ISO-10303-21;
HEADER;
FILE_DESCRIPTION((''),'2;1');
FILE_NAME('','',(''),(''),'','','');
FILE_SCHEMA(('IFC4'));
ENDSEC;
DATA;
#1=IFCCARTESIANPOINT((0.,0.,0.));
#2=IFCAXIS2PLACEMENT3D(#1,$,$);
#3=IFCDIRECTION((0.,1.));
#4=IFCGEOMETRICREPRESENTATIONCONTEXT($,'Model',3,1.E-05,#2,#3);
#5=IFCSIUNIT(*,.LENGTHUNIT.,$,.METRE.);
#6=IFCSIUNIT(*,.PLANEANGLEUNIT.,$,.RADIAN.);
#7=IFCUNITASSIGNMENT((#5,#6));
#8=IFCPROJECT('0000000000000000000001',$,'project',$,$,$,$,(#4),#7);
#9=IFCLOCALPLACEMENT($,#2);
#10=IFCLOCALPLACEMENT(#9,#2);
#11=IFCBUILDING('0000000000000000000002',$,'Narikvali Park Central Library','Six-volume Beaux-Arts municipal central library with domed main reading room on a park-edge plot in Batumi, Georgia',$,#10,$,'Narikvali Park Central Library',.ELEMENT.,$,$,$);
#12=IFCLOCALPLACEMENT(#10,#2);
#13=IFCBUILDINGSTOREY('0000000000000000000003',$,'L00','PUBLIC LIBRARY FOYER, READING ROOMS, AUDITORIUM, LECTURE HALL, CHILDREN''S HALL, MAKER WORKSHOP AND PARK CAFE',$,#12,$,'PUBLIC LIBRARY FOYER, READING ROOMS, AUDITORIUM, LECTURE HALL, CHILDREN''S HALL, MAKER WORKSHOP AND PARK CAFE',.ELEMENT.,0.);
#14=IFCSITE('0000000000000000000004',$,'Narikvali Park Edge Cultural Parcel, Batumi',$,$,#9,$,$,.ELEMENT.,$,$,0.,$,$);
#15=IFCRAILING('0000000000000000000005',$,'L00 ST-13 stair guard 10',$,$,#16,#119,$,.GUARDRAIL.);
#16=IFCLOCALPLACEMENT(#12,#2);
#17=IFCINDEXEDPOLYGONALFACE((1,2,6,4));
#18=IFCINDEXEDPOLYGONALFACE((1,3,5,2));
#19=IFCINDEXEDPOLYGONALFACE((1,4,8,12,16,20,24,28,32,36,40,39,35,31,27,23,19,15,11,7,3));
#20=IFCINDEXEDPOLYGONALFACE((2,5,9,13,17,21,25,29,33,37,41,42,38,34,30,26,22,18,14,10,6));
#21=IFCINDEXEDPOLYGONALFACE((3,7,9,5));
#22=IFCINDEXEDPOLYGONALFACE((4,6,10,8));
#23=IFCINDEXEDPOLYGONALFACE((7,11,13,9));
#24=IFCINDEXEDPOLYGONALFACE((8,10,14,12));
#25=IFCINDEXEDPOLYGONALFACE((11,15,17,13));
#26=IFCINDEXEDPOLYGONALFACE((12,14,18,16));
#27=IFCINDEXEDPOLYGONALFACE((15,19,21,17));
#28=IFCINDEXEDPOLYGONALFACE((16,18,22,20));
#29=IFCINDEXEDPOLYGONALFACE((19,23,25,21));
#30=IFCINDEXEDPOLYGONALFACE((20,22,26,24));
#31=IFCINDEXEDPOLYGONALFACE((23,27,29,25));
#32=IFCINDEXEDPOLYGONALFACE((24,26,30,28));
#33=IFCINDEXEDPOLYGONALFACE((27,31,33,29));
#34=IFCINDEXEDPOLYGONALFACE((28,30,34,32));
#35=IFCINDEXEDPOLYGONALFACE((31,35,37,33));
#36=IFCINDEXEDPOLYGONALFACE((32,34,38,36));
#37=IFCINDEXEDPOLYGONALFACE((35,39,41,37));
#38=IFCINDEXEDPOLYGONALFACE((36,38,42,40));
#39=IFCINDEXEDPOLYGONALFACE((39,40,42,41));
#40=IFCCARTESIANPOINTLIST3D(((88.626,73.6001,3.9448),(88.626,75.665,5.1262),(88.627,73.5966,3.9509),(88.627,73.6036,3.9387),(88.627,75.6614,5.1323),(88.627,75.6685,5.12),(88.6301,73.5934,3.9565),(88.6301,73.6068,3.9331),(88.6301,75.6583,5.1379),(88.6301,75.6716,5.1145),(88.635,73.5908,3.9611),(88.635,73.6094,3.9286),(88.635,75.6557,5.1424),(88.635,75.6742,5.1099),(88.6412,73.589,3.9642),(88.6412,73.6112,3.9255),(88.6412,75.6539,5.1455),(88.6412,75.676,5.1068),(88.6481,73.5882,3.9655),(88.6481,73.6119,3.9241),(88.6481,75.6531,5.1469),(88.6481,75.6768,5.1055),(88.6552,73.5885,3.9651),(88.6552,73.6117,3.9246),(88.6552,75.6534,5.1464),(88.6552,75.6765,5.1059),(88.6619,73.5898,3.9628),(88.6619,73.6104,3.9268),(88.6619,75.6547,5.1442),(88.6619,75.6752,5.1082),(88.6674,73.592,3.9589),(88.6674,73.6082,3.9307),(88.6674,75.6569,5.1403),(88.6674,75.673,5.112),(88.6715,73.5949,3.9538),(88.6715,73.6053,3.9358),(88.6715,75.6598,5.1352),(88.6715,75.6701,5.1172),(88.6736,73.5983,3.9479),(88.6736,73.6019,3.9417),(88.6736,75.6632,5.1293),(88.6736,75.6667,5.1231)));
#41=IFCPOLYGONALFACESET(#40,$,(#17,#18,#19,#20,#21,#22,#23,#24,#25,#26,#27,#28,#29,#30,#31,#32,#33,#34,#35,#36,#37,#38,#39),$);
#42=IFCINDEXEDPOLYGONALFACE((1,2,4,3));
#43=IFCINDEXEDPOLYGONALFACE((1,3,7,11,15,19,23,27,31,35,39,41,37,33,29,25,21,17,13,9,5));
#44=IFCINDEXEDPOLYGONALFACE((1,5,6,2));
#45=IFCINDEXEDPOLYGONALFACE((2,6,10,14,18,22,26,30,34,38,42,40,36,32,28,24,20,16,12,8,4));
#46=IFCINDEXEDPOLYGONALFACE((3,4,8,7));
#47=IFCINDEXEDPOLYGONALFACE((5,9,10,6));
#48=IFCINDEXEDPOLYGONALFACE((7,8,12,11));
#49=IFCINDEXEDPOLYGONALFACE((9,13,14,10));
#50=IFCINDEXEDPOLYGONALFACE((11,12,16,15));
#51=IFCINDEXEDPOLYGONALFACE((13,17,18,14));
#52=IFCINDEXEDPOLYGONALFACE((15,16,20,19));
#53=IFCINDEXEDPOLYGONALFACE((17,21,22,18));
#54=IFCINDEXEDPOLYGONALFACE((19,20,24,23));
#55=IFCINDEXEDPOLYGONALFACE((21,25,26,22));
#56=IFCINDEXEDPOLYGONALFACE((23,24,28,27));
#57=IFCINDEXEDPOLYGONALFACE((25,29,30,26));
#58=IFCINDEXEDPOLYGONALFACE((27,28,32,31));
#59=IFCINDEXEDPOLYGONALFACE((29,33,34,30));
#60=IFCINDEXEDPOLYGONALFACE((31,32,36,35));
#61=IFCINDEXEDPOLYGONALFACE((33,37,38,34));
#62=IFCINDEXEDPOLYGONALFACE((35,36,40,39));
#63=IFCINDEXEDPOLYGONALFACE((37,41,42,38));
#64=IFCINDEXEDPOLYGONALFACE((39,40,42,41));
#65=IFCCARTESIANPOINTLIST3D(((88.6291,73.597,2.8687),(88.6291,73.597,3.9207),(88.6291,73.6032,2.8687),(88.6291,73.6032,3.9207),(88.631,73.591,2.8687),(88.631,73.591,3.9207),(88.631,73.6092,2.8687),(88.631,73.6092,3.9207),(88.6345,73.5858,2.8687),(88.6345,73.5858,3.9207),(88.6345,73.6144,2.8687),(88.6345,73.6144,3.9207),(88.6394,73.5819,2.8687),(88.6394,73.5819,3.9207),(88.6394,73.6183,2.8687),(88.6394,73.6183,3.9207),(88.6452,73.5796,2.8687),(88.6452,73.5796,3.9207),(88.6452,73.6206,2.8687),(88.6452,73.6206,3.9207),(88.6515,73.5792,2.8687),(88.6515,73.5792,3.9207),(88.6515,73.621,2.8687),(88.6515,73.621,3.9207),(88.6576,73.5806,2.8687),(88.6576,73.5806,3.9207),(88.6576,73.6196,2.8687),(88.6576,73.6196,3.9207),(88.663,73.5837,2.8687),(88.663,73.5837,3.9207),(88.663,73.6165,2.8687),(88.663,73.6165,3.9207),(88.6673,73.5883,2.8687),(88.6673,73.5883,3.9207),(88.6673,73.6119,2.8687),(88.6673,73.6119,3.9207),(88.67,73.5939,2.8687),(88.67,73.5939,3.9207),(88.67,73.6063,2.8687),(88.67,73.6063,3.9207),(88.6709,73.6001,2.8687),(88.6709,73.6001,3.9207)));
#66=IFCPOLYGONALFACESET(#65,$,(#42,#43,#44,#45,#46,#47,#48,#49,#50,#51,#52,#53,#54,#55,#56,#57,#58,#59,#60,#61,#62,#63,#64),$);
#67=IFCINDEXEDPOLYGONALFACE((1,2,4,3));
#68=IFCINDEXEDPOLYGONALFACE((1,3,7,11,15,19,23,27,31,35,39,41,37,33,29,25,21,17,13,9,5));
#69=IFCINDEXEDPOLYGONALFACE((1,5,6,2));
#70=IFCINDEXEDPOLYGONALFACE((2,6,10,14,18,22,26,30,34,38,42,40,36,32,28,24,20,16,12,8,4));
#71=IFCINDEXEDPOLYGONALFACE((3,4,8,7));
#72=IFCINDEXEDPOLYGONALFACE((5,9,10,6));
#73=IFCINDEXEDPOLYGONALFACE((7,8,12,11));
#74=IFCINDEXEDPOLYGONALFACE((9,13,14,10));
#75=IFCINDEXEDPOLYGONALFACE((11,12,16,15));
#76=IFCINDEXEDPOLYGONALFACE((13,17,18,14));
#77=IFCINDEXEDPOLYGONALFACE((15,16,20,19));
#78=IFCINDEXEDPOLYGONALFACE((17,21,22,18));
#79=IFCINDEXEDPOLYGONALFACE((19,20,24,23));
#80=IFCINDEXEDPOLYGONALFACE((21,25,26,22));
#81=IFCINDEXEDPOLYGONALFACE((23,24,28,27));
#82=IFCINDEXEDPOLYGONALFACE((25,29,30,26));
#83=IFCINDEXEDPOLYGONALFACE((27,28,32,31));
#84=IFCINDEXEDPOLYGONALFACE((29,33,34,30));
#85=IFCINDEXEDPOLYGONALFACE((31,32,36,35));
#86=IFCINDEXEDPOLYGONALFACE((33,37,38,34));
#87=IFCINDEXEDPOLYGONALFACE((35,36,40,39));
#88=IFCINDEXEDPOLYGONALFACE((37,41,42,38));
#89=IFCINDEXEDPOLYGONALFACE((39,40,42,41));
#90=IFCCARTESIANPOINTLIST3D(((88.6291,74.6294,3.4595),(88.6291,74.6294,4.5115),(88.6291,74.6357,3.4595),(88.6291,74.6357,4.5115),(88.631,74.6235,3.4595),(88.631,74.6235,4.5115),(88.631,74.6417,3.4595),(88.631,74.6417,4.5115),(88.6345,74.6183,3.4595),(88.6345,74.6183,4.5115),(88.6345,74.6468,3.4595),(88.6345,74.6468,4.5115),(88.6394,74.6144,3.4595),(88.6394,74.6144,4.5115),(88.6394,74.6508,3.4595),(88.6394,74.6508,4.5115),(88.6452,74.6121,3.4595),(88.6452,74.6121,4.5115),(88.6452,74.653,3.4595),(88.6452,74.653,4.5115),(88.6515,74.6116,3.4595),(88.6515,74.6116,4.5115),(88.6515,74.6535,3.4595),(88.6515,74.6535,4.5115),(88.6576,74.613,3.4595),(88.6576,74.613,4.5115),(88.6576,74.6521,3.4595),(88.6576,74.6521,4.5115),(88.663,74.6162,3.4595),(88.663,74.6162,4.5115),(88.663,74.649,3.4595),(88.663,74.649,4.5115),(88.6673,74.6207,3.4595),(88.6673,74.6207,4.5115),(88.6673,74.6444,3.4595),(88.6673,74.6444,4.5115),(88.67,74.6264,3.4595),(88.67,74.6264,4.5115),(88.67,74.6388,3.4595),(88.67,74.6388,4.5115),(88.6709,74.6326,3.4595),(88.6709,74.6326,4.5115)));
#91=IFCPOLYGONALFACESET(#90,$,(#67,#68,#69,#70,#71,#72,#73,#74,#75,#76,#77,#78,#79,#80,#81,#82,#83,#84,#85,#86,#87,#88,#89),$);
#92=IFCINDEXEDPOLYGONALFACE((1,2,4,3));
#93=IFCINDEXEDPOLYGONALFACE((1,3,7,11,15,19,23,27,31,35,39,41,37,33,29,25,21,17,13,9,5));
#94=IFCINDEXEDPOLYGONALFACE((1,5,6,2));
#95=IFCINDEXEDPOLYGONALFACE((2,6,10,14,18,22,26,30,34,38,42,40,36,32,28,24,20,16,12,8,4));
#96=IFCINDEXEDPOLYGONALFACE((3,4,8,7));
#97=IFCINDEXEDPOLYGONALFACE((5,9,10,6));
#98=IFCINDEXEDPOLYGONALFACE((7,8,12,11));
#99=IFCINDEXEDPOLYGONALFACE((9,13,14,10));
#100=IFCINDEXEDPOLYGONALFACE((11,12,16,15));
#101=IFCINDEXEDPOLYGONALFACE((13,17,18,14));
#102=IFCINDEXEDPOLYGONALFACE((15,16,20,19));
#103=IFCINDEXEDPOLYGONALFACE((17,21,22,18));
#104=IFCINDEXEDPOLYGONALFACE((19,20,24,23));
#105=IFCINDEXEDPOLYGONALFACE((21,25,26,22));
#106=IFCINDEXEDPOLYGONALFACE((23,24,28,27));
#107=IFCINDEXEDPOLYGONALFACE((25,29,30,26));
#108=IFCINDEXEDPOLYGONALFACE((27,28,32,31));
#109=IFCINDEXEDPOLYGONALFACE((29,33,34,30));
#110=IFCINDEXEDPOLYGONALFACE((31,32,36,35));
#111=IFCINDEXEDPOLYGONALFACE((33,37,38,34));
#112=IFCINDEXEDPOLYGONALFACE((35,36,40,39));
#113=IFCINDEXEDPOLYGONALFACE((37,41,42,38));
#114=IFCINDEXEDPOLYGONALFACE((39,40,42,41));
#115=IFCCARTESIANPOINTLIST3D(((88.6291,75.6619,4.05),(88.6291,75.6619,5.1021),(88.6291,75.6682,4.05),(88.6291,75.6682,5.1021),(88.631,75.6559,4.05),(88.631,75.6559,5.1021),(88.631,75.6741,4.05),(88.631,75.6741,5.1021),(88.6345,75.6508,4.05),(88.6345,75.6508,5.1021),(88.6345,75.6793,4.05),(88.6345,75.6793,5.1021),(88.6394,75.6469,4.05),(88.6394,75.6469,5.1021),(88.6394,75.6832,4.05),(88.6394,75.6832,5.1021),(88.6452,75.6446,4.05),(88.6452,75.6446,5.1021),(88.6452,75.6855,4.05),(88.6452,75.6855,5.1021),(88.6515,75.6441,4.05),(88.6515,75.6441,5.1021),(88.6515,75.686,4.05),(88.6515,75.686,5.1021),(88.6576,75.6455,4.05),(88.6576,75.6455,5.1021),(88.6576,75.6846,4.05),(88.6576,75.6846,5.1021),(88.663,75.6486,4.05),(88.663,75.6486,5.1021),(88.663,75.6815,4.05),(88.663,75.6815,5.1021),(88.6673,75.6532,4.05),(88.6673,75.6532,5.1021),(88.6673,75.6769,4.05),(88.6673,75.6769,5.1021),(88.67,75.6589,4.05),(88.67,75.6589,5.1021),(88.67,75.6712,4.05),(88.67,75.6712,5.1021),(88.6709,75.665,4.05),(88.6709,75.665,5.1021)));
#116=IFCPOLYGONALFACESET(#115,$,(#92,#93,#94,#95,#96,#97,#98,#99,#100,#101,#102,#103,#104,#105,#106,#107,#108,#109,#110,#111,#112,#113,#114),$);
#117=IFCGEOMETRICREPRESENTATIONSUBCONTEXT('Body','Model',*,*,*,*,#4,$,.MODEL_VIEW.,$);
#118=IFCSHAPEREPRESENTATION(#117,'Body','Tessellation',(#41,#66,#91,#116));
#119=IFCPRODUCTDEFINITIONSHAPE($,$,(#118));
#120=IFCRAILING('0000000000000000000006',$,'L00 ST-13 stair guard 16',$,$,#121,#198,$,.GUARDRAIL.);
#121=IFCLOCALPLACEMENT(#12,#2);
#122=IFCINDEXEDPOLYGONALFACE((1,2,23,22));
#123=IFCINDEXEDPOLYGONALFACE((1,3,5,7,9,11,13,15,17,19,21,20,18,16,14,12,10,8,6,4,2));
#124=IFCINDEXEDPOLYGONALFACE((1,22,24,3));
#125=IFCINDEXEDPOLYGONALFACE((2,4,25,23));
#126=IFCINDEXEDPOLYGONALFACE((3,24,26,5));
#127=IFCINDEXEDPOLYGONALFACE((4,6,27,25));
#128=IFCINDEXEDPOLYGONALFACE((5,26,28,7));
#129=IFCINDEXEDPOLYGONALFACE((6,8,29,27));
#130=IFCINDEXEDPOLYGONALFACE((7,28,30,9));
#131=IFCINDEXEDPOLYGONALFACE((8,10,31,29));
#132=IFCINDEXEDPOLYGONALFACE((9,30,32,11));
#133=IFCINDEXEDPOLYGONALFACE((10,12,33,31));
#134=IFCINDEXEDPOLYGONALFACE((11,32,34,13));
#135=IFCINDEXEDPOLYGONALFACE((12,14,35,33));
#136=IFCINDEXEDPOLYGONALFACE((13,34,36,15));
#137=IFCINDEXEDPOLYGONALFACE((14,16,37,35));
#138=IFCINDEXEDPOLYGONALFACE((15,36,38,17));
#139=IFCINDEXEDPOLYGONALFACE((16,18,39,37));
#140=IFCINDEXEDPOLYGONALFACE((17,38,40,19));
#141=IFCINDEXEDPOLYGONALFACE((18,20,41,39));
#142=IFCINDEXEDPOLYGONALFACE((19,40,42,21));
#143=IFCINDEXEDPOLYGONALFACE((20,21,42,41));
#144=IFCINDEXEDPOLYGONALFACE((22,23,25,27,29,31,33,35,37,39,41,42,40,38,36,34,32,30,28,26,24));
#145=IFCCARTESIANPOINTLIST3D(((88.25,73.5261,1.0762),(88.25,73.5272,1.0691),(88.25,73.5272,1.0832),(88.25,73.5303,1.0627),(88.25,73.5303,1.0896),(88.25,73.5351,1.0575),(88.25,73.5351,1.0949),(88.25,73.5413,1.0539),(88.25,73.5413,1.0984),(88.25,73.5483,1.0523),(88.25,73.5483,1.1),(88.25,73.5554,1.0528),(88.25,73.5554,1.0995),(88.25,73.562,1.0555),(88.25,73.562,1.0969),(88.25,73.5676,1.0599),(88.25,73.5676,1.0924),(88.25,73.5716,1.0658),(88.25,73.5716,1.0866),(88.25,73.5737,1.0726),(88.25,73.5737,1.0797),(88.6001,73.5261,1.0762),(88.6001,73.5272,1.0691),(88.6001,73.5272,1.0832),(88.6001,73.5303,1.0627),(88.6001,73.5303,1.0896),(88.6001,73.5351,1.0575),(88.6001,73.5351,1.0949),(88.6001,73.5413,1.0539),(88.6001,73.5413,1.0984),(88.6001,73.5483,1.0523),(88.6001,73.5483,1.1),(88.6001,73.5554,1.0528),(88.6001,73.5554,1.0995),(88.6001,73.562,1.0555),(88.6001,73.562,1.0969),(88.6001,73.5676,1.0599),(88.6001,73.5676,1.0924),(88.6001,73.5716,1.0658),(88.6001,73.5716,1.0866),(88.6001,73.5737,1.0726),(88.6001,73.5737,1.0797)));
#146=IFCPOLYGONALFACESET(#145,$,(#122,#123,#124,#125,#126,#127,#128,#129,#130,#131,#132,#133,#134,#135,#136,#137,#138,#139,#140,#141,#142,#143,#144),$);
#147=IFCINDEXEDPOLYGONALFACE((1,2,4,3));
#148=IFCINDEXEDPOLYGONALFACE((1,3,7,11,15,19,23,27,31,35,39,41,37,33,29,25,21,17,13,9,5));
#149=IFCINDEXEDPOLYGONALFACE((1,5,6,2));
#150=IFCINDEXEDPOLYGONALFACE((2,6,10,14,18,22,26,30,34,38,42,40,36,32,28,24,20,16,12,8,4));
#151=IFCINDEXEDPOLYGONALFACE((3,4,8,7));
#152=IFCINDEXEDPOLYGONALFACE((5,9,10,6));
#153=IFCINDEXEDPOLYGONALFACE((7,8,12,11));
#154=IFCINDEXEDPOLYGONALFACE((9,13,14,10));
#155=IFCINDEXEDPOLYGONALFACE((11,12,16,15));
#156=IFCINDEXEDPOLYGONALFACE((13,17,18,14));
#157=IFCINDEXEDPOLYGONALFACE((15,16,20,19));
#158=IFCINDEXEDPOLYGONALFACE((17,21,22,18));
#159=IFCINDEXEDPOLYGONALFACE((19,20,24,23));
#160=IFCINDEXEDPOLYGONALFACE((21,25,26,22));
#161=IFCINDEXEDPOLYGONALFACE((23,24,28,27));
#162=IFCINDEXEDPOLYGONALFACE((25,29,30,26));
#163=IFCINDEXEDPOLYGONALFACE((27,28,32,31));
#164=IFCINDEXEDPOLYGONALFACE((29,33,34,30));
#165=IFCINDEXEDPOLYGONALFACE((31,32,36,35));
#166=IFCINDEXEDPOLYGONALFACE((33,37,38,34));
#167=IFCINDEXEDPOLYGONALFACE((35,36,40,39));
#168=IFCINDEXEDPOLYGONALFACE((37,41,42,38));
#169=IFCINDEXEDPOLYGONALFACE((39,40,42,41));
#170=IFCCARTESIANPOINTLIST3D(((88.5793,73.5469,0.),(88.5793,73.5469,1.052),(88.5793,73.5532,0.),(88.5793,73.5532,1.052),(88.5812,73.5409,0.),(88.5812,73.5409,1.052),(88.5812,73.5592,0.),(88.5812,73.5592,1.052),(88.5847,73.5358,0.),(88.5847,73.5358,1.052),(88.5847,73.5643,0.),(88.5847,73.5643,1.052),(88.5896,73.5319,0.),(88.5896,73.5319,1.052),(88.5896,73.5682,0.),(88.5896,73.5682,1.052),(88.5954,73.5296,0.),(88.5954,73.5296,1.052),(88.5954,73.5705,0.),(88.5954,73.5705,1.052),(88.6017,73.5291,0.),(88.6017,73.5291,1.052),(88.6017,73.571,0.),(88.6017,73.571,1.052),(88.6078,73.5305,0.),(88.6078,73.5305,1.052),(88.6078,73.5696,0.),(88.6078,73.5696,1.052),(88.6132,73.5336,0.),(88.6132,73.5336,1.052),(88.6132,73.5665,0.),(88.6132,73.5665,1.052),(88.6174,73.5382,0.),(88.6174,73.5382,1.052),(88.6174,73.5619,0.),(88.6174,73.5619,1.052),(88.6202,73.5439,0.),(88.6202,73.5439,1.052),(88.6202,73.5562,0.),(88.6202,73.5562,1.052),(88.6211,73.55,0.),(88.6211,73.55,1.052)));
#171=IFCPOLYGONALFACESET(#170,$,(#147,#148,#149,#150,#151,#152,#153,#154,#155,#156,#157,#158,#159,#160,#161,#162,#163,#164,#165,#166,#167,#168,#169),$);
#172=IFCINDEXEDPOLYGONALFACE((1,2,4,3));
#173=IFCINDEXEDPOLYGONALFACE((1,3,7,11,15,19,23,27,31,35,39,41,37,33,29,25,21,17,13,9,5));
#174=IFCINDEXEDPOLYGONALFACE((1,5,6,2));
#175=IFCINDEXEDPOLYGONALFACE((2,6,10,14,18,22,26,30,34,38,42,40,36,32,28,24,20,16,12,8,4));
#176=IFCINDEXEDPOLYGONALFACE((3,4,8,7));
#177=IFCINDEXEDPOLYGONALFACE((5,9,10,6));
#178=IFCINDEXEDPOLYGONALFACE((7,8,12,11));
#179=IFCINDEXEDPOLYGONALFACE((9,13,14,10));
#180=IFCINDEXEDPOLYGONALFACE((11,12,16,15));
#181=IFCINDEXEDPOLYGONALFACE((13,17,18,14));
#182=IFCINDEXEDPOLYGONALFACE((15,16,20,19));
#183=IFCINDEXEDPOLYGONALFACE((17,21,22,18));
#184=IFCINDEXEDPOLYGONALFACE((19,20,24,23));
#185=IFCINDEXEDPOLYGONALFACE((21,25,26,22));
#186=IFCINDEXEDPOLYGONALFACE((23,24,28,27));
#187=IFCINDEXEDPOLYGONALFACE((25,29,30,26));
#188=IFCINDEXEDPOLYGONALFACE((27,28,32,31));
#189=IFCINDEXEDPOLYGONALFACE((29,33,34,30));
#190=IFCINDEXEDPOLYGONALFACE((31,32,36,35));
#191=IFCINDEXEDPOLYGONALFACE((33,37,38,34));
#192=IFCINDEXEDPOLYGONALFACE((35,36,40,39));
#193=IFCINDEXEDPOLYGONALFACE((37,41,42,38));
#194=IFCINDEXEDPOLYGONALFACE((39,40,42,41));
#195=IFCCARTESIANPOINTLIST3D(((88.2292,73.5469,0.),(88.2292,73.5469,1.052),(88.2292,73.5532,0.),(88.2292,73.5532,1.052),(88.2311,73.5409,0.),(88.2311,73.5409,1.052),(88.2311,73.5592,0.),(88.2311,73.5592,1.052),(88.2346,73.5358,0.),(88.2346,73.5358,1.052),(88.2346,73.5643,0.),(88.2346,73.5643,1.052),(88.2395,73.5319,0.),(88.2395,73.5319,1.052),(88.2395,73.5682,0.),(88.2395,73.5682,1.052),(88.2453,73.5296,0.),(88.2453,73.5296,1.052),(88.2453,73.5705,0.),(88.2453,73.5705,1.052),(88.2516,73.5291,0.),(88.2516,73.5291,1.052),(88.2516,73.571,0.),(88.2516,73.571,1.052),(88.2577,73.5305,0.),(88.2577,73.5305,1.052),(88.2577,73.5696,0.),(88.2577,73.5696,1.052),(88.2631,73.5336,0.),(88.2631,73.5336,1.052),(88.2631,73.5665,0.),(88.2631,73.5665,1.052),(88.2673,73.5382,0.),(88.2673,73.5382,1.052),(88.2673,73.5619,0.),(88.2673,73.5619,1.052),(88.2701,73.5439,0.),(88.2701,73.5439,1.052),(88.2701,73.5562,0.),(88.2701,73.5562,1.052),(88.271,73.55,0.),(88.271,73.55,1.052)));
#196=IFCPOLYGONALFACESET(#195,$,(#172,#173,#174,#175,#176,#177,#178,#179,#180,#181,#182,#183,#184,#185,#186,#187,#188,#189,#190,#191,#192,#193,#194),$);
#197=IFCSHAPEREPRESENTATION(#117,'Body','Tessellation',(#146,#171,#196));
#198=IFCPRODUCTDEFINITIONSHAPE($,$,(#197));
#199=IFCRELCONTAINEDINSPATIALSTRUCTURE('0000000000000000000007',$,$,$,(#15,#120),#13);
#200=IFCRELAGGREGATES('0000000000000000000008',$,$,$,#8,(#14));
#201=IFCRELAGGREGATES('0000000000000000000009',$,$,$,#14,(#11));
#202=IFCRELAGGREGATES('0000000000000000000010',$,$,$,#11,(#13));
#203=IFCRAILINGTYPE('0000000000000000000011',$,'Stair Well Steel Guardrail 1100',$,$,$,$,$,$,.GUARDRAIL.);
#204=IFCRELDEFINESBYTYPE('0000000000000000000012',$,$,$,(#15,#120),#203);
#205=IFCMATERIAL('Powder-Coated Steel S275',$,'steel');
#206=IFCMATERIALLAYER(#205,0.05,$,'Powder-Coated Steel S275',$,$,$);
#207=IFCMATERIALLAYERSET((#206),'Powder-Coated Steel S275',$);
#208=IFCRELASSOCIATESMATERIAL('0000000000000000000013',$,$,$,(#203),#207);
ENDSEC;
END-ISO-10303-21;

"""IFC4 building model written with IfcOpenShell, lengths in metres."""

from ifc_helpers import new_model, si_unit, direction, frame, origin, origin_2d, place, context, subcontext, project, spatial, circle, extrude, material, layer, layer_set, type_object, element, save


model = new_model("IFC4")

# Units and contexts
model_context = context("Model", 3, precision=1e-05, world=origin(), true_north=direction((0.0, 1.0)))
body_context = subcontext(model_context, "Body", "Model", "MODEL_VIEW")
ifc_project = project(units=[si_unit("LENGTHUNIT", "METRE"), si_unit("PLANEANGLEUNIT", "RADIAN")], contexts=[model_context])

# Site, building, storey
site_placement = place(None, origin())
site = spatial("IfcSite", under=ifc_project, at=site_placement, Name="Narikvali Park Edge Cultural Parcel, Batumi", CompositionType="ELEMENT", RefElevation=0.0)
building_placement = place(site_placement, origin())
building = spatial("IfcBuilding", under=site, at=building_placement, Name="Narikvali Park Central Library", Description="Six-volume Beaux-Arts municipal central library with domed main reading room on a park-edge plot in Batumi, Georgia", LongName="Narikvali Park Central Library", CompositionType="ELEMENT")
storey_placement = place(building_placement, origin())
storey = spatial("IfcBuildingStorey", under=building, at=storey_placement, Name="L00", Description="PUBLIC LIBRARY FOYER, READING ROOMS, AUDITORIUM, LECTURE HALL, CHILDREN'S HALL, MAKER WORKSHOP AND PARK CAFE", LongName="PUBLIC LIBRARY FOYER, READING ROOMS, AUDITORIUM, LECTURE HALL, CHILDREN'S HALL, MAKER WORKSHOP AND PARK CAFE", CompositionType="ELEMENT", Elevation=0.0)

# Railings
ifc_material_1 = material(Name="Powder-Coated Steel S275", Category="steel")
ifc_layer_1 = layer(ifc_material_1, 0.05, Name="Powder-Coated Steel S275")
ifc_layer_set_1 = layer_set([ifc_layer_1], Name="Powder-Coated Steel S275")
railing_type_1 = type_object("IfcRailingType", Name="Stair Well Steel Guardrail 1100", PredefinedType="GUARDRAIL", material=ifc_layer_set_1)
railing_1_placement = place(storey_placement, frame((88.6499, 73.6001, 2.8687)))
element("IfcRailing", 1, at=railing_1_placement, inside=storey, type_object=railing_type_1, Name="L00 ST-13 stair guard 10", PredefinedType="GUARDRAIL", context=body_context, shape_type="SweptSolid", body=[
    extrude(circle(Radius=0.0239, at=origin_2d()), frame((0.0, 0.0, 1.0762), z_axis=(0.0, 0.867984, 0.496592), x_axis=(-1.0, 0.0, 0.0)), (0.0, 0.0, 1.0), 2.3789),
    extrude(circle(Radius=0.021, at=origin_2d()), origin(), (0.0, 0.0, 1.0), 1.052),
    extrude(circle(Radius=0.021, at=origin_2d()), frame((0.0, 1.0325, 0.5908)), (0.0, 0.0, 1.0), 1.052),
    extrude(circle(Radius=0.021, at=origin_2d()), frame((0.0, 2.0649, 1.1814)), (0.0, 0.0, 1.0), 1.052),
])
railing_2_placement = place(storey_placement, frame((88.6001, 73.55, 0.0)))
element("IfcRailing", 2, at=railing_2_placement, inside=storey, type_object=railing_type_1, Name="L00 ST-13 stair guard 16", PredefinedType="GUARDRAIL", context=body_context, shape_type="SweptSolid", body=[
    extrude(circle(Radius=0.0239, at=origin_2d()), frame((0.0, 0.0, 1.0762), z_axis=(-1.0, 0.0, 0.0), x_axis=(0.0, -1.0, 0.0)), (0.0, 0.0, 1.0), 0.3501),
    extrude(circle(Radius=0.021, at=origin_2d()), origin(), (0.0, 0.0, 1.0), 1.052),
    extrude(circle(Radius=0.021, at=origin_2d()), frame((-0.3501, 0.0, 0.0)), (0.0, 0.0, 1.0), 1.052),
])

save(model, "model.ifc")
